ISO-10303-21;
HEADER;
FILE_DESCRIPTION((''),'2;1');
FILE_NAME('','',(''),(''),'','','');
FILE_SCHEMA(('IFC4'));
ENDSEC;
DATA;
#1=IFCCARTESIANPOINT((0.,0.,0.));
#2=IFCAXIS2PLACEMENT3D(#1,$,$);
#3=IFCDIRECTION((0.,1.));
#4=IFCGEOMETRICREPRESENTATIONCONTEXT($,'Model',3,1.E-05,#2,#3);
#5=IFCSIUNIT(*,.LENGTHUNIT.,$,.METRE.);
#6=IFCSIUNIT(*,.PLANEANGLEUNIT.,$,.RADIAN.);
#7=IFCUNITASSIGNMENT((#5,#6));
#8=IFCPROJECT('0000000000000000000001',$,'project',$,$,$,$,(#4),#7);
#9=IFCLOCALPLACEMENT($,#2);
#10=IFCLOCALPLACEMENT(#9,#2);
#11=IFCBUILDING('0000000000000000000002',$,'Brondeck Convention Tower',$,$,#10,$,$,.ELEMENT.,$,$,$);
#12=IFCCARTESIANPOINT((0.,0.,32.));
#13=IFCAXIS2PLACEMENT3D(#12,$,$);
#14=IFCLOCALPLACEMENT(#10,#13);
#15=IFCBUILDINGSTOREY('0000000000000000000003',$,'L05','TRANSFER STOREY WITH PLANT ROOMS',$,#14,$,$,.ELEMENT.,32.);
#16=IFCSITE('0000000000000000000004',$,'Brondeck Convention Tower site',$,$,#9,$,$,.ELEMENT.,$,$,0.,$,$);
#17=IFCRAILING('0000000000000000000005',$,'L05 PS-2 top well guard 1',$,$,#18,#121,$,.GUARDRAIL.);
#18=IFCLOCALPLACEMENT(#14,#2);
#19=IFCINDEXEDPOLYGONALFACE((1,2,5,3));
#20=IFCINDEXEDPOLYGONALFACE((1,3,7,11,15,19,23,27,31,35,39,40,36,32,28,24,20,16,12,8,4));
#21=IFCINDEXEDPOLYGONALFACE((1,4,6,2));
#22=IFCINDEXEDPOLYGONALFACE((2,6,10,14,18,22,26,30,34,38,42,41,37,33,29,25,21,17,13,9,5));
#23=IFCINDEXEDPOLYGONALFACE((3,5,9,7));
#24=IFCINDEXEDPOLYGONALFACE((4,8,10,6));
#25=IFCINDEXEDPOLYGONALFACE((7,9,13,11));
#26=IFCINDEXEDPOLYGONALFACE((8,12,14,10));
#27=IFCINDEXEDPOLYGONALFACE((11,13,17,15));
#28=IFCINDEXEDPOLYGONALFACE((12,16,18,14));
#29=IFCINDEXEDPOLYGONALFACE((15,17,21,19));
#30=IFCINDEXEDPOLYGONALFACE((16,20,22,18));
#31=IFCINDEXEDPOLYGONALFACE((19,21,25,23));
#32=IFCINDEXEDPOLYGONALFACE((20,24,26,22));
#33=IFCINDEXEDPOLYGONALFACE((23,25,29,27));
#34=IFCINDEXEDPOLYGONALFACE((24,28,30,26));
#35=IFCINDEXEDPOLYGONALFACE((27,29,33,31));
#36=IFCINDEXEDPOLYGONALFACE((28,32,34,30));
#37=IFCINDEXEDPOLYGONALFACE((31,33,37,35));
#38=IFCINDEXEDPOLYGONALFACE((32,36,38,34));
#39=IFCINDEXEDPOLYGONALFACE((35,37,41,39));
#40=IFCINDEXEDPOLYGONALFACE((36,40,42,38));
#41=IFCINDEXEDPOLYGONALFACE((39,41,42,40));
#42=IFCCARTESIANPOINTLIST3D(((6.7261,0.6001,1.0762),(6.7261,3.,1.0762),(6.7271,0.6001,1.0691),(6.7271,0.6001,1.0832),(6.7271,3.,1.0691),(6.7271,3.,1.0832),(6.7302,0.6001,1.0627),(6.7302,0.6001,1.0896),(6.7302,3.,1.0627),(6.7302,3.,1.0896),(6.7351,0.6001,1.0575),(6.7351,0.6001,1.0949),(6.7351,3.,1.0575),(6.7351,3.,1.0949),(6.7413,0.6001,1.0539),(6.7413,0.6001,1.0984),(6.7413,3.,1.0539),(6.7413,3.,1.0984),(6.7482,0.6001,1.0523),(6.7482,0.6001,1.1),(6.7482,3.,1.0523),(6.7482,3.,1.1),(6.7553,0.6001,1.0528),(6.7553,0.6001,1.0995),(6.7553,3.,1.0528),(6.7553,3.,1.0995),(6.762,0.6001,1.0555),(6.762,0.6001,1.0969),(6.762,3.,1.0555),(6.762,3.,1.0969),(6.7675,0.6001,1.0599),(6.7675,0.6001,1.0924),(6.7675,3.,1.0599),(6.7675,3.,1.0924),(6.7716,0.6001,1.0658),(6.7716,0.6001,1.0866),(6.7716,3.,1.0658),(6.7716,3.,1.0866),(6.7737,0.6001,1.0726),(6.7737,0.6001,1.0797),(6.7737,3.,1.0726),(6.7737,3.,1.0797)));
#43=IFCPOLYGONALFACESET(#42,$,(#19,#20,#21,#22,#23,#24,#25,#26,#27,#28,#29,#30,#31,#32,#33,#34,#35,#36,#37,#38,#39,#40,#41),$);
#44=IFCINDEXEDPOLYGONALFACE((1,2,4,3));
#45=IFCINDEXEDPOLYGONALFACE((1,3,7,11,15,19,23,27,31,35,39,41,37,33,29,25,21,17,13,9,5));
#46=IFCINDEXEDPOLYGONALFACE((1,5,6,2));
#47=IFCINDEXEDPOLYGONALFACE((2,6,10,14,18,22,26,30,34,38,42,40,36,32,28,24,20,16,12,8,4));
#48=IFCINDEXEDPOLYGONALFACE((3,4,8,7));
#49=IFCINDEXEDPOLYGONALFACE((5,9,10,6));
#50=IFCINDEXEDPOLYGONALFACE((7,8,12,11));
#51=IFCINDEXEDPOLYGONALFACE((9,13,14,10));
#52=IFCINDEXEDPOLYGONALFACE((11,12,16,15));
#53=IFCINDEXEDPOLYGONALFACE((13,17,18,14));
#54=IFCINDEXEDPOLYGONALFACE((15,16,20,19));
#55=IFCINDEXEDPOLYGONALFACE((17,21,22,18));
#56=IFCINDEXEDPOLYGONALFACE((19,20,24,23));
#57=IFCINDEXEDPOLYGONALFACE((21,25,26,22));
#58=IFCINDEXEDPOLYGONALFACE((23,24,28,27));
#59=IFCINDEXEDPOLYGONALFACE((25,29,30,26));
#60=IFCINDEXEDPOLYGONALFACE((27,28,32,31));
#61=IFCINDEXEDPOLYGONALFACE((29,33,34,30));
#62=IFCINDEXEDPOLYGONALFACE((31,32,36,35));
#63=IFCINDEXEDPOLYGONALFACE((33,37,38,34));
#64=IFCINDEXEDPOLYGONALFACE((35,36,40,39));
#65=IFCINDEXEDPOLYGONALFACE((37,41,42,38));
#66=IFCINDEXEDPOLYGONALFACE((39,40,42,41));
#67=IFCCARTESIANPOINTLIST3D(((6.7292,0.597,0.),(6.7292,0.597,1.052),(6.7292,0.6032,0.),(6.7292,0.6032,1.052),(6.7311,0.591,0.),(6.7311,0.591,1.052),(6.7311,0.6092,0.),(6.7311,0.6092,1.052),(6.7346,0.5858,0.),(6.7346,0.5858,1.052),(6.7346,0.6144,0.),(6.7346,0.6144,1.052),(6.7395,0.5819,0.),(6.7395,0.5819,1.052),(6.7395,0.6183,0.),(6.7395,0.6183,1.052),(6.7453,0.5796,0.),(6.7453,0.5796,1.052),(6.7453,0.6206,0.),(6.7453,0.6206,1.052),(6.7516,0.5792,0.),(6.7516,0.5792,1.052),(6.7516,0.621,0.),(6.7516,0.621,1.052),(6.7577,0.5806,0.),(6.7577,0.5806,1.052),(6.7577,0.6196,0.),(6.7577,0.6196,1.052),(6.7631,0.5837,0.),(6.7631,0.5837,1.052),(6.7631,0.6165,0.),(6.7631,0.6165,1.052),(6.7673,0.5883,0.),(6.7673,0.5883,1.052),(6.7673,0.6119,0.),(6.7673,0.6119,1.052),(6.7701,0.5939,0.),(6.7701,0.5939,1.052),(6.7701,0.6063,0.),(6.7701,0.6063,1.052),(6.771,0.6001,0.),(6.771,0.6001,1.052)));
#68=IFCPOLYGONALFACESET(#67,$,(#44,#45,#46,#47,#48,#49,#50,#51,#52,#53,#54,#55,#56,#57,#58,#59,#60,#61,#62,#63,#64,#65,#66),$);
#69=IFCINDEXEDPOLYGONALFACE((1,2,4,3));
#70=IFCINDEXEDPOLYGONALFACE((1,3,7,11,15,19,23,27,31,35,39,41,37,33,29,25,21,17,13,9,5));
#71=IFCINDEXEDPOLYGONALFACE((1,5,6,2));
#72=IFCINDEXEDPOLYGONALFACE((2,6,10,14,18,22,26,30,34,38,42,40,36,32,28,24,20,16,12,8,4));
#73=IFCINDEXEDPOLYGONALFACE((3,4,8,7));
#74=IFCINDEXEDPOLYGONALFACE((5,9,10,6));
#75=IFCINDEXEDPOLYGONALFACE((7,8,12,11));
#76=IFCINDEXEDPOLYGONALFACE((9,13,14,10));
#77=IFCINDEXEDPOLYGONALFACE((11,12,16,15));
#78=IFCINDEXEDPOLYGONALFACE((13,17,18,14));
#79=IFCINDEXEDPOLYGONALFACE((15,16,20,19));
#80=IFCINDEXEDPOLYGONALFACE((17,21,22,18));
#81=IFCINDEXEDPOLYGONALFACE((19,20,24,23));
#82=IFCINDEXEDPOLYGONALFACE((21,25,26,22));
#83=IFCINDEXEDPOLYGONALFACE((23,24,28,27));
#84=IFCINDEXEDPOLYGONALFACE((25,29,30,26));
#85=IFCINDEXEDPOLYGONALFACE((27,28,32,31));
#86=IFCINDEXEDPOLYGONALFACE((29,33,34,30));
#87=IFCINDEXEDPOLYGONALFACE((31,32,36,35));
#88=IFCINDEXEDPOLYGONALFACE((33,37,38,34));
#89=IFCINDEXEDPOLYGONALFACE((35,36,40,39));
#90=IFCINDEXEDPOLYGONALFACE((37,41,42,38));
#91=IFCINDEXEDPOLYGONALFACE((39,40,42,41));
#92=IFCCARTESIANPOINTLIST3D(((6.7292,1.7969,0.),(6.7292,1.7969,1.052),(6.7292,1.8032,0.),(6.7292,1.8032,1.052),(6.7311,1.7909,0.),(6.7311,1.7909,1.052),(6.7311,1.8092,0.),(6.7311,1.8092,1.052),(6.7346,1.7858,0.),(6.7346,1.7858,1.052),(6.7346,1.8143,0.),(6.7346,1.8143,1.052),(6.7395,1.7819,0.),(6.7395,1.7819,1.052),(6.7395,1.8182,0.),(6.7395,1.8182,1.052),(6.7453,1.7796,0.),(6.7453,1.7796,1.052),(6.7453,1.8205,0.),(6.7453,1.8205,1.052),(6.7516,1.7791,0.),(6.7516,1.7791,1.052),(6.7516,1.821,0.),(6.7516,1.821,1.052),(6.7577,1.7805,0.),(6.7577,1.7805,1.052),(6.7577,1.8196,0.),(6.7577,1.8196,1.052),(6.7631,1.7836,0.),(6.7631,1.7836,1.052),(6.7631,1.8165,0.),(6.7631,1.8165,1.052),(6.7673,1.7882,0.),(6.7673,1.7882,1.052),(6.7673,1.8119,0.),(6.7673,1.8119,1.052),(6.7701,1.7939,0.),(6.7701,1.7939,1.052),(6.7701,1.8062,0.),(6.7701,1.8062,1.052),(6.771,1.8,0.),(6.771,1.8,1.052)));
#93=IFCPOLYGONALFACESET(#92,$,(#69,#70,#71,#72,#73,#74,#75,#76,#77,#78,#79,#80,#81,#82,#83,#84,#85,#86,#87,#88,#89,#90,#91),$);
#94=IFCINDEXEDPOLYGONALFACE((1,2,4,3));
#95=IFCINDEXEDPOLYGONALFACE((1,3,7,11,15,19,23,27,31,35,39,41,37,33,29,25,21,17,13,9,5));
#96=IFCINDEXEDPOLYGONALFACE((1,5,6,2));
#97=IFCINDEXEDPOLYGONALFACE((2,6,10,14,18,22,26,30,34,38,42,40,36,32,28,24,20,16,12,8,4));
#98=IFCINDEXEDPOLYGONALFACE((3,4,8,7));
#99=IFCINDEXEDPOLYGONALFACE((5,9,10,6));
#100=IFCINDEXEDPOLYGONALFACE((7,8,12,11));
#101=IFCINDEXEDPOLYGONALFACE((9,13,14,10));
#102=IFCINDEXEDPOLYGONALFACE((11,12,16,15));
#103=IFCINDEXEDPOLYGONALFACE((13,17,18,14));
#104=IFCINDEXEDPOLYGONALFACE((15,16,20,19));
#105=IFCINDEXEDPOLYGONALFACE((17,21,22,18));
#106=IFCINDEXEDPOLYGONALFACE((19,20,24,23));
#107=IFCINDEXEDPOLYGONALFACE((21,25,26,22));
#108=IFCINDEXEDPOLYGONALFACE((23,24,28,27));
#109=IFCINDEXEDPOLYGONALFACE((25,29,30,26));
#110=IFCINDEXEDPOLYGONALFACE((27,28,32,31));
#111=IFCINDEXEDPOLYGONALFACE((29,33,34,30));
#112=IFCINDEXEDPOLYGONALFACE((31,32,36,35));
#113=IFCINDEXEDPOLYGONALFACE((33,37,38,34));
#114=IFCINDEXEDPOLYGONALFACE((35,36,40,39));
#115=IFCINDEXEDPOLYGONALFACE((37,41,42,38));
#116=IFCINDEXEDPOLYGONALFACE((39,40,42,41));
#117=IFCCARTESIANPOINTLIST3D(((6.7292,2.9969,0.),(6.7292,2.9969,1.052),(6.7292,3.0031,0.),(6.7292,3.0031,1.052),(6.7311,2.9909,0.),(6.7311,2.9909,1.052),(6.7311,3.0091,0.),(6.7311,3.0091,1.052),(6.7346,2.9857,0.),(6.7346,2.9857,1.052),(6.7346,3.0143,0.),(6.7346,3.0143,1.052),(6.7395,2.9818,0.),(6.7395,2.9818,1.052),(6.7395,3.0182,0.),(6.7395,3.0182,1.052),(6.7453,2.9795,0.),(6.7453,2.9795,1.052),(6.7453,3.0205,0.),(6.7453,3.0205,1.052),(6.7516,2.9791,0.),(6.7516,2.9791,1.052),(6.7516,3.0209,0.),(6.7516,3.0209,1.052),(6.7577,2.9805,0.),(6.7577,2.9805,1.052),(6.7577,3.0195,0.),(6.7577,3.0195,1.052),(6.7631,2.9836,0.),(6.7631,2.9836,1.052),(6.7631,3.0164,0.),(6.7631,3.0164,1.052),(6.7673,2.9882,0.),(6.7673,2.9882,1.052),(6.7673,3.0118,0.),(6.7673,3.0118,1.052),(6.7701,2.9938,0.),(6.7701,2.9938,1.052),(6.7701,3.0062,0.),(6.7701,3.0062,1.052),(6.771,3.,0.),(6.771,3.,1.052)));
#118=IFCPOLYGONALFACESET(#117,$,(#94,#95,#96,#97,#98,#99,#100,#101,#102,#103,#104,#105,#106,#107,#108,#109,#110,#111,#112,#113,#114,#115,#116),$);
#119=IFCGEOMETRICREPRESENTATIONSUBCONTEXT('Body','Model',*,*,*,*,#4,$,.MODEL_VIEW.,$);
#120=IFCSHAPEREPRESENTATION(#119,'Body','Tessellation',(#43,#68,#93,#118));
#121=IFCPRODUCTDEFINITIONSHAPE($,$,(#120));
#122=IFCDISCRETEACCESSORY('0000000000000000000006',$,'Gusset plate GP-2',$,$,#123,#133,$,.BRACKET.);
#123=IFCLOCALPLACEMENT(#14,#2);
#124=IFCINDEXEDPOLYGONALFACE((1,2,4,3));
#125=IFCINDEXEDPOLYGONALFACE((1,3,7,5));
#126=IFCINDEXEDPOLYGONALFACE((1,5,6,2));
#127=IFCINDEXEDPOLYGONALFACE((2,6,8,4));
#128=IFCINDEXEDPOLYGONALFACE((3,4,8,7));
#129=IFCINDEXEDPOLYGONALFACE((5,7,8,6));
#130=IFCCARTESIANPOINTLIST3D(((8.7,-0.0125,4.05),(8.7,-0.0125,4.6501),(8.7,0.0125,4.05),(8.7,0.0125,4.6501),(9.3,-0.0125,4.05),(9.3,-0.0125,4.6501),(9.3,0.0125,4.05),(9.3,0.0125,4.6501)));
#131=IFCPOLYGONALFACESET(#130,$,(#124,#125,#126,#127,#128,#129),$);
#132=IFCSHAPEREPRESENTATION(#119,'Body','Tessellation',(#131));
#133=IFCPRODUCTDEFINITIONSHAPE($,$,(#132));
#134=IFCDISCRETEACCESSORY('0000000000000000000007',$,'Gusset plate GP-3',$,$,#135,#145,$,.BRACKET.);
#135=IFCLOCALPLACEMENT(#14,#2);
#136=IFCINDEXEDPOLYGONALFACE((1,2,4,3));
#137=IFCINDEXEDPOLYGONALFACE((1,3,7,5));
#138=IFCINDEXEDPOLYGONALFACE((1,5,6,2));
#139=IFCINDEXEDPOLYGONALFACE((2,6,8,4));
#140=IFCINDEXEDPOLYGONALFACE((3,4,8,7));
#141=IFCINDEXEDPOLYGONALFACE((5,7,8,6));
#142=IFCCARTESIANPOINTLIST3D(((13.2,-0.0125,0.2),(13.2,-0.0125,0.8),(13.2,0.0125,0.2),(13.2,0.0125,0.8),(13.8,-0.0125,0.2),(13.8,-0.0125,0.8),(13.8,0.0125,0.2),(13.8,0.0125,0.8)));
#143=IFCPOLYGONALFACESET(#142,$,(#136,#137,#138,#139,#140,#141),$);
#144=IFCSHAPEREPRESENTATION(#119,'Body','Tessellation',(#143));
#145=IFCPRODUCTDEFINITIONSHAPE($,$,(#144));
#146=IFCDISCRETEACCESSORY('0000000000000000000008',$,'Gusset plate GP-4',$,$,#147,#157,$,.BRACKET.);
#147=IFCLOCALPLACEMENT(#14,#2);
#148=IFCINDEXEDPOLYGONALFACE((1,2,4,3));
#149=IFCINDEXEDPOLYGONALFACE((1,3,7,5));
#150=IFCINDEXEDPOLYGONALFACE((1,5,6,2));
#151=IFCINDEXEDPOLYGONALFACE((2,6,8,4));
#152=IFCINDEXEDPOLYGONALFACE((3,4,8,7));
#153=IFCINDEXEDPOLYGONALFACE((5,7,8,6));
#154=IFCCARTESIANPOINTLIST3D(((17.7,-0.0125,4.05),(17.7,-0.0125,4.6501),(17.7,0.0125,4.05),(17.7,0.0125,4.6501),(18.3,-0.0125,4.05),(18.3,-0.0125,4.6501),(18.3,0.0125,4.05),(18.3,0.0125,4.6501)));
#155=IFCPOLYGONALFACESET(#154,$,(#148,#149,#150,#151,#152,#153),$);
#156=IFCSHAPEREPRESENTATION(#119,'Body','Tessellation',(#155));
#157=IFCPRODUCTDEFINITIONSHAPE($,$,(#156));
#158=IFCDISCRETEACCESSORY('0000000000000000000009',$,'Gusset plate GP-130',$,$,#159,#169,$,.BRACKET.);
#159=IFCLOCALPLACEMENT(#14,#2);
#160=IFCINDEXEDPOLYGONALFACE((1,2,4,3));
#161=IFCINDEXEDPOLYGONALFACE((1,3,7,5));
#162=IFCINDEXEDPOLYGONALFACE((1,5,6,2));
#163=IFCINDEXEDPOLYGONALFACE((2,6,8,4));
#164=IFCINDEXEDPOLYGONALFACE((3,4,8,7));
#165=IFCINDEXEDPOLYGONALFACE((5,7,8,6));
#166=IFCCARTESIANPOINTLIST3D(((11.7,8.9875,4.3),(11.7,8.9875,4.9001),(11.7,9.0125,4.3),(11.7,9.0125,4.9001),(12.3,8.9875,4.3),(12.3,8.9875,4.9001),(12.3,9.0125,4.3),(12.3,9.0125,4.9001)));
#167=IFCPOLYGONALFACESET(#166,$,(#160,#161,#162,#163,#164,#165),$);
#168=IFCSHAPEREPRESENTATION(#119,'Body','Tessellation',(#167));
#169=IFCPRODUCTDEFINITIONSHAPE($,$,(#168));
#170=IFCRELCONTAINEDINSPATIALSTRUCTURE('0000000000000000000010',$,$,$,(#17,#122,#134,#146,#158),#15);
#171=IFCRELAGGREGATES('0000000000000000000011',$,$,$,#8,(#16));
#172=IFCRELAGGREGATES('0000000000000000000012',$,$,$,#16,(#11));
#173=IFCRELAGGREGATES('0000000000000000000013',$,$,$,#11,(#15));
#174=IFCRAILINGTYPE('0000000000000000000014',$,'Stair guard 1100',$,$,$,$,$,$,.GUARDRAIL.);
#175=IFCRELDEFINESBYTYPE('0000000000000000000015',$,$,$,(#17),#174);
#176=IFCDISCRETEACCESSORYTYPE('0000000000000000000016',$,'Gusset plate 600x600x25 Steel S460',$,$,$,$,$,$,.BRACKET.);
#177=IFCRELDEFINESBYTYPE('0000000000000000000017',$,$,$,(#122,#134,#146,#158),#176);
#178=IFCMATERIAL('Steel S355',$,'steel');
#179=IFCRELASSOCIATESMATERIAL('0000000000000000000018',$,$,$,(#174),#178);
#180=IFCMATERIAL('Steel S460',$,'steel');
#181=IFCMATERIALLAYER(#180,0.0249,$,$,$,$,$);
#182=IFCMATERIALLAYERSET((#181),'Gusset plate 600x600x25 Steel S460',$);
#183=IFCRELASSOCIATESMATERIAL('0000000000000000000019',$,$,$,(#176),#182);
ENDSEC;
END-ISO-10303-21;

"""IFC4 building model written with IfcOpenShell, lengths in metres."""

from ifc_helpers import new_model, si_unit, direction, frame, origin, origin_2d, place, context, subcontext, project, spatial, rectangle, circle, extrude, material, layer, layer_set, type_object, element, save


model = new_model("IFC4")

# Units and contexts
model_context = context("Model", 3, precision=1e-05, world=origin(), true_north=direction((0.0, 1.0)))
body_context = subcontext(model_context, "Body", "Model", "MODEL_VIEW")
ifc_project = project(units=[si_unit("LENGTHUNIT", "METRE"), si_unit("PLANEANGLEUNIT", "RADIAN")], contexts=[model_context])

# Site, building, storey
site_placement = place(None, origin())
site = spatial("IfcSite", under=ifc_project, at=site_placement, Name="Brondeck Convention Tower site", CompositionType="ELEMENT", RefElevation=0.0)
building_placement = place(site_placement, origin())
building = spatial("IfcBuilding", under=site, at=building_placement, Name="Brondeck Convention Tower", CompositionType="ELEMENT")
storey_placement = place(building_placement, frame((0.0, 0.0, 32.0)))
storey = spatial("IfcBuildingStorey", under=building, at=storey_placement, Name="L05", Description="TRANSFER STOREY WITH PLANT ROOMS", CompositionType="ELEMENT", Elevation=32.0)

# Shared definitions
ifc_material_1 = material(Name="Steel S460", Category="steel")

# Railing
ifc_material_2 = material(Name="Steel S355", Category="steel")
railing_type = type_object("IfcRailingType", Name="Stair guard 1100", PredefinedType="GUARDRAIL", material=ifc_material_2)
railing_placement = place(storey_placement, frame((6.75, 0.6001, 0.0)))
element("IfcRailing", 1, at=railing_placement, inside=storey, type_object=railing_type, Name="L05 PS-2 top well guard 1", PredefinedType="GUARDRAIL", context=body_context, shape_type="SweptSolid", body=[
    extrude(circle(Radius=0.0239, at=origin_2d()), frame((0.0, 0.0, 1.0762), z_axis=(0.0, 1.0, 0.0), x_axis=(-1.0, 0.0, 0.0)), (0.0, 0.0, 1.0), 2.3999),
    extrude(circle(Radius=0.021, at=origin_2d()), origin(), (0.0, 0.0, 1.0), 1.052),
    extrude(circle(Radius=0.021, at=origin_2d()), frame((0.0, 1.2, 0.0)), (0.0, 0.0, 1.0), 1.052),
    extrude(circle(Radius=0.021, at=origin_2d()), frame((0.0, 2.3999, 0.0)), (0.0, 0.0, 1.0), 1.052),
])

# Discrete accessories
ifc_layer_1 = layer(ifc_material_1, 0.0249)
ifc_layer_set_1 = layer_set([ifc_layer_1], Name="Gusset plate 600x600x25 Steel S460")
discrete_accessory_type = type_object("IfcDiscreteAccessoryType", Name="Gusset plate 600x600x25 Steel S460", PredefinedType="BRACKET", material=ifc_layer_set_1)
for number, where, z_axis, x_axis, name in (
    (2, (9.0, 0.0, 4.05), (0.0, 0.0, 1.0), (1.0, 0.0, 0.0), "Gusset plate GP-2"),
    (3, (13.5, 0.0, 0.2), (0.0, 0.0, 1.0), (1.0, 0.0, 0.0), "Gusset plate GP-3"),
    (4, (18.0, 0.0, 4.05), (0.0, 0.0, 1.0), (1.0, 0.0, 0.0), "Gusset plate GP-4"),
    (5, (12.0, 9.0, 4.3), (0.0, 0.0, 1.0), (1.0, 0.0, 0.0), "Gusset plate GP-130"),
):
    element("IfcDiscreteAccessory", number, at=place(storey_placement, frame(where, z_axis=z_axis, x_axis=x_axis)), inside=storey, type_object=discrete_accessory_type, Name=name, PredefinedType="BRACKET", context=body_context, shape_type="SweptSolid", body=[
        extrude(rectangle(XDim=0.6001, YDim=0.0249, at=origin_2d()), origin(), (0.0, 0.0, 1.0), 0.6001),
    ])

save(model, "model.ifc")
